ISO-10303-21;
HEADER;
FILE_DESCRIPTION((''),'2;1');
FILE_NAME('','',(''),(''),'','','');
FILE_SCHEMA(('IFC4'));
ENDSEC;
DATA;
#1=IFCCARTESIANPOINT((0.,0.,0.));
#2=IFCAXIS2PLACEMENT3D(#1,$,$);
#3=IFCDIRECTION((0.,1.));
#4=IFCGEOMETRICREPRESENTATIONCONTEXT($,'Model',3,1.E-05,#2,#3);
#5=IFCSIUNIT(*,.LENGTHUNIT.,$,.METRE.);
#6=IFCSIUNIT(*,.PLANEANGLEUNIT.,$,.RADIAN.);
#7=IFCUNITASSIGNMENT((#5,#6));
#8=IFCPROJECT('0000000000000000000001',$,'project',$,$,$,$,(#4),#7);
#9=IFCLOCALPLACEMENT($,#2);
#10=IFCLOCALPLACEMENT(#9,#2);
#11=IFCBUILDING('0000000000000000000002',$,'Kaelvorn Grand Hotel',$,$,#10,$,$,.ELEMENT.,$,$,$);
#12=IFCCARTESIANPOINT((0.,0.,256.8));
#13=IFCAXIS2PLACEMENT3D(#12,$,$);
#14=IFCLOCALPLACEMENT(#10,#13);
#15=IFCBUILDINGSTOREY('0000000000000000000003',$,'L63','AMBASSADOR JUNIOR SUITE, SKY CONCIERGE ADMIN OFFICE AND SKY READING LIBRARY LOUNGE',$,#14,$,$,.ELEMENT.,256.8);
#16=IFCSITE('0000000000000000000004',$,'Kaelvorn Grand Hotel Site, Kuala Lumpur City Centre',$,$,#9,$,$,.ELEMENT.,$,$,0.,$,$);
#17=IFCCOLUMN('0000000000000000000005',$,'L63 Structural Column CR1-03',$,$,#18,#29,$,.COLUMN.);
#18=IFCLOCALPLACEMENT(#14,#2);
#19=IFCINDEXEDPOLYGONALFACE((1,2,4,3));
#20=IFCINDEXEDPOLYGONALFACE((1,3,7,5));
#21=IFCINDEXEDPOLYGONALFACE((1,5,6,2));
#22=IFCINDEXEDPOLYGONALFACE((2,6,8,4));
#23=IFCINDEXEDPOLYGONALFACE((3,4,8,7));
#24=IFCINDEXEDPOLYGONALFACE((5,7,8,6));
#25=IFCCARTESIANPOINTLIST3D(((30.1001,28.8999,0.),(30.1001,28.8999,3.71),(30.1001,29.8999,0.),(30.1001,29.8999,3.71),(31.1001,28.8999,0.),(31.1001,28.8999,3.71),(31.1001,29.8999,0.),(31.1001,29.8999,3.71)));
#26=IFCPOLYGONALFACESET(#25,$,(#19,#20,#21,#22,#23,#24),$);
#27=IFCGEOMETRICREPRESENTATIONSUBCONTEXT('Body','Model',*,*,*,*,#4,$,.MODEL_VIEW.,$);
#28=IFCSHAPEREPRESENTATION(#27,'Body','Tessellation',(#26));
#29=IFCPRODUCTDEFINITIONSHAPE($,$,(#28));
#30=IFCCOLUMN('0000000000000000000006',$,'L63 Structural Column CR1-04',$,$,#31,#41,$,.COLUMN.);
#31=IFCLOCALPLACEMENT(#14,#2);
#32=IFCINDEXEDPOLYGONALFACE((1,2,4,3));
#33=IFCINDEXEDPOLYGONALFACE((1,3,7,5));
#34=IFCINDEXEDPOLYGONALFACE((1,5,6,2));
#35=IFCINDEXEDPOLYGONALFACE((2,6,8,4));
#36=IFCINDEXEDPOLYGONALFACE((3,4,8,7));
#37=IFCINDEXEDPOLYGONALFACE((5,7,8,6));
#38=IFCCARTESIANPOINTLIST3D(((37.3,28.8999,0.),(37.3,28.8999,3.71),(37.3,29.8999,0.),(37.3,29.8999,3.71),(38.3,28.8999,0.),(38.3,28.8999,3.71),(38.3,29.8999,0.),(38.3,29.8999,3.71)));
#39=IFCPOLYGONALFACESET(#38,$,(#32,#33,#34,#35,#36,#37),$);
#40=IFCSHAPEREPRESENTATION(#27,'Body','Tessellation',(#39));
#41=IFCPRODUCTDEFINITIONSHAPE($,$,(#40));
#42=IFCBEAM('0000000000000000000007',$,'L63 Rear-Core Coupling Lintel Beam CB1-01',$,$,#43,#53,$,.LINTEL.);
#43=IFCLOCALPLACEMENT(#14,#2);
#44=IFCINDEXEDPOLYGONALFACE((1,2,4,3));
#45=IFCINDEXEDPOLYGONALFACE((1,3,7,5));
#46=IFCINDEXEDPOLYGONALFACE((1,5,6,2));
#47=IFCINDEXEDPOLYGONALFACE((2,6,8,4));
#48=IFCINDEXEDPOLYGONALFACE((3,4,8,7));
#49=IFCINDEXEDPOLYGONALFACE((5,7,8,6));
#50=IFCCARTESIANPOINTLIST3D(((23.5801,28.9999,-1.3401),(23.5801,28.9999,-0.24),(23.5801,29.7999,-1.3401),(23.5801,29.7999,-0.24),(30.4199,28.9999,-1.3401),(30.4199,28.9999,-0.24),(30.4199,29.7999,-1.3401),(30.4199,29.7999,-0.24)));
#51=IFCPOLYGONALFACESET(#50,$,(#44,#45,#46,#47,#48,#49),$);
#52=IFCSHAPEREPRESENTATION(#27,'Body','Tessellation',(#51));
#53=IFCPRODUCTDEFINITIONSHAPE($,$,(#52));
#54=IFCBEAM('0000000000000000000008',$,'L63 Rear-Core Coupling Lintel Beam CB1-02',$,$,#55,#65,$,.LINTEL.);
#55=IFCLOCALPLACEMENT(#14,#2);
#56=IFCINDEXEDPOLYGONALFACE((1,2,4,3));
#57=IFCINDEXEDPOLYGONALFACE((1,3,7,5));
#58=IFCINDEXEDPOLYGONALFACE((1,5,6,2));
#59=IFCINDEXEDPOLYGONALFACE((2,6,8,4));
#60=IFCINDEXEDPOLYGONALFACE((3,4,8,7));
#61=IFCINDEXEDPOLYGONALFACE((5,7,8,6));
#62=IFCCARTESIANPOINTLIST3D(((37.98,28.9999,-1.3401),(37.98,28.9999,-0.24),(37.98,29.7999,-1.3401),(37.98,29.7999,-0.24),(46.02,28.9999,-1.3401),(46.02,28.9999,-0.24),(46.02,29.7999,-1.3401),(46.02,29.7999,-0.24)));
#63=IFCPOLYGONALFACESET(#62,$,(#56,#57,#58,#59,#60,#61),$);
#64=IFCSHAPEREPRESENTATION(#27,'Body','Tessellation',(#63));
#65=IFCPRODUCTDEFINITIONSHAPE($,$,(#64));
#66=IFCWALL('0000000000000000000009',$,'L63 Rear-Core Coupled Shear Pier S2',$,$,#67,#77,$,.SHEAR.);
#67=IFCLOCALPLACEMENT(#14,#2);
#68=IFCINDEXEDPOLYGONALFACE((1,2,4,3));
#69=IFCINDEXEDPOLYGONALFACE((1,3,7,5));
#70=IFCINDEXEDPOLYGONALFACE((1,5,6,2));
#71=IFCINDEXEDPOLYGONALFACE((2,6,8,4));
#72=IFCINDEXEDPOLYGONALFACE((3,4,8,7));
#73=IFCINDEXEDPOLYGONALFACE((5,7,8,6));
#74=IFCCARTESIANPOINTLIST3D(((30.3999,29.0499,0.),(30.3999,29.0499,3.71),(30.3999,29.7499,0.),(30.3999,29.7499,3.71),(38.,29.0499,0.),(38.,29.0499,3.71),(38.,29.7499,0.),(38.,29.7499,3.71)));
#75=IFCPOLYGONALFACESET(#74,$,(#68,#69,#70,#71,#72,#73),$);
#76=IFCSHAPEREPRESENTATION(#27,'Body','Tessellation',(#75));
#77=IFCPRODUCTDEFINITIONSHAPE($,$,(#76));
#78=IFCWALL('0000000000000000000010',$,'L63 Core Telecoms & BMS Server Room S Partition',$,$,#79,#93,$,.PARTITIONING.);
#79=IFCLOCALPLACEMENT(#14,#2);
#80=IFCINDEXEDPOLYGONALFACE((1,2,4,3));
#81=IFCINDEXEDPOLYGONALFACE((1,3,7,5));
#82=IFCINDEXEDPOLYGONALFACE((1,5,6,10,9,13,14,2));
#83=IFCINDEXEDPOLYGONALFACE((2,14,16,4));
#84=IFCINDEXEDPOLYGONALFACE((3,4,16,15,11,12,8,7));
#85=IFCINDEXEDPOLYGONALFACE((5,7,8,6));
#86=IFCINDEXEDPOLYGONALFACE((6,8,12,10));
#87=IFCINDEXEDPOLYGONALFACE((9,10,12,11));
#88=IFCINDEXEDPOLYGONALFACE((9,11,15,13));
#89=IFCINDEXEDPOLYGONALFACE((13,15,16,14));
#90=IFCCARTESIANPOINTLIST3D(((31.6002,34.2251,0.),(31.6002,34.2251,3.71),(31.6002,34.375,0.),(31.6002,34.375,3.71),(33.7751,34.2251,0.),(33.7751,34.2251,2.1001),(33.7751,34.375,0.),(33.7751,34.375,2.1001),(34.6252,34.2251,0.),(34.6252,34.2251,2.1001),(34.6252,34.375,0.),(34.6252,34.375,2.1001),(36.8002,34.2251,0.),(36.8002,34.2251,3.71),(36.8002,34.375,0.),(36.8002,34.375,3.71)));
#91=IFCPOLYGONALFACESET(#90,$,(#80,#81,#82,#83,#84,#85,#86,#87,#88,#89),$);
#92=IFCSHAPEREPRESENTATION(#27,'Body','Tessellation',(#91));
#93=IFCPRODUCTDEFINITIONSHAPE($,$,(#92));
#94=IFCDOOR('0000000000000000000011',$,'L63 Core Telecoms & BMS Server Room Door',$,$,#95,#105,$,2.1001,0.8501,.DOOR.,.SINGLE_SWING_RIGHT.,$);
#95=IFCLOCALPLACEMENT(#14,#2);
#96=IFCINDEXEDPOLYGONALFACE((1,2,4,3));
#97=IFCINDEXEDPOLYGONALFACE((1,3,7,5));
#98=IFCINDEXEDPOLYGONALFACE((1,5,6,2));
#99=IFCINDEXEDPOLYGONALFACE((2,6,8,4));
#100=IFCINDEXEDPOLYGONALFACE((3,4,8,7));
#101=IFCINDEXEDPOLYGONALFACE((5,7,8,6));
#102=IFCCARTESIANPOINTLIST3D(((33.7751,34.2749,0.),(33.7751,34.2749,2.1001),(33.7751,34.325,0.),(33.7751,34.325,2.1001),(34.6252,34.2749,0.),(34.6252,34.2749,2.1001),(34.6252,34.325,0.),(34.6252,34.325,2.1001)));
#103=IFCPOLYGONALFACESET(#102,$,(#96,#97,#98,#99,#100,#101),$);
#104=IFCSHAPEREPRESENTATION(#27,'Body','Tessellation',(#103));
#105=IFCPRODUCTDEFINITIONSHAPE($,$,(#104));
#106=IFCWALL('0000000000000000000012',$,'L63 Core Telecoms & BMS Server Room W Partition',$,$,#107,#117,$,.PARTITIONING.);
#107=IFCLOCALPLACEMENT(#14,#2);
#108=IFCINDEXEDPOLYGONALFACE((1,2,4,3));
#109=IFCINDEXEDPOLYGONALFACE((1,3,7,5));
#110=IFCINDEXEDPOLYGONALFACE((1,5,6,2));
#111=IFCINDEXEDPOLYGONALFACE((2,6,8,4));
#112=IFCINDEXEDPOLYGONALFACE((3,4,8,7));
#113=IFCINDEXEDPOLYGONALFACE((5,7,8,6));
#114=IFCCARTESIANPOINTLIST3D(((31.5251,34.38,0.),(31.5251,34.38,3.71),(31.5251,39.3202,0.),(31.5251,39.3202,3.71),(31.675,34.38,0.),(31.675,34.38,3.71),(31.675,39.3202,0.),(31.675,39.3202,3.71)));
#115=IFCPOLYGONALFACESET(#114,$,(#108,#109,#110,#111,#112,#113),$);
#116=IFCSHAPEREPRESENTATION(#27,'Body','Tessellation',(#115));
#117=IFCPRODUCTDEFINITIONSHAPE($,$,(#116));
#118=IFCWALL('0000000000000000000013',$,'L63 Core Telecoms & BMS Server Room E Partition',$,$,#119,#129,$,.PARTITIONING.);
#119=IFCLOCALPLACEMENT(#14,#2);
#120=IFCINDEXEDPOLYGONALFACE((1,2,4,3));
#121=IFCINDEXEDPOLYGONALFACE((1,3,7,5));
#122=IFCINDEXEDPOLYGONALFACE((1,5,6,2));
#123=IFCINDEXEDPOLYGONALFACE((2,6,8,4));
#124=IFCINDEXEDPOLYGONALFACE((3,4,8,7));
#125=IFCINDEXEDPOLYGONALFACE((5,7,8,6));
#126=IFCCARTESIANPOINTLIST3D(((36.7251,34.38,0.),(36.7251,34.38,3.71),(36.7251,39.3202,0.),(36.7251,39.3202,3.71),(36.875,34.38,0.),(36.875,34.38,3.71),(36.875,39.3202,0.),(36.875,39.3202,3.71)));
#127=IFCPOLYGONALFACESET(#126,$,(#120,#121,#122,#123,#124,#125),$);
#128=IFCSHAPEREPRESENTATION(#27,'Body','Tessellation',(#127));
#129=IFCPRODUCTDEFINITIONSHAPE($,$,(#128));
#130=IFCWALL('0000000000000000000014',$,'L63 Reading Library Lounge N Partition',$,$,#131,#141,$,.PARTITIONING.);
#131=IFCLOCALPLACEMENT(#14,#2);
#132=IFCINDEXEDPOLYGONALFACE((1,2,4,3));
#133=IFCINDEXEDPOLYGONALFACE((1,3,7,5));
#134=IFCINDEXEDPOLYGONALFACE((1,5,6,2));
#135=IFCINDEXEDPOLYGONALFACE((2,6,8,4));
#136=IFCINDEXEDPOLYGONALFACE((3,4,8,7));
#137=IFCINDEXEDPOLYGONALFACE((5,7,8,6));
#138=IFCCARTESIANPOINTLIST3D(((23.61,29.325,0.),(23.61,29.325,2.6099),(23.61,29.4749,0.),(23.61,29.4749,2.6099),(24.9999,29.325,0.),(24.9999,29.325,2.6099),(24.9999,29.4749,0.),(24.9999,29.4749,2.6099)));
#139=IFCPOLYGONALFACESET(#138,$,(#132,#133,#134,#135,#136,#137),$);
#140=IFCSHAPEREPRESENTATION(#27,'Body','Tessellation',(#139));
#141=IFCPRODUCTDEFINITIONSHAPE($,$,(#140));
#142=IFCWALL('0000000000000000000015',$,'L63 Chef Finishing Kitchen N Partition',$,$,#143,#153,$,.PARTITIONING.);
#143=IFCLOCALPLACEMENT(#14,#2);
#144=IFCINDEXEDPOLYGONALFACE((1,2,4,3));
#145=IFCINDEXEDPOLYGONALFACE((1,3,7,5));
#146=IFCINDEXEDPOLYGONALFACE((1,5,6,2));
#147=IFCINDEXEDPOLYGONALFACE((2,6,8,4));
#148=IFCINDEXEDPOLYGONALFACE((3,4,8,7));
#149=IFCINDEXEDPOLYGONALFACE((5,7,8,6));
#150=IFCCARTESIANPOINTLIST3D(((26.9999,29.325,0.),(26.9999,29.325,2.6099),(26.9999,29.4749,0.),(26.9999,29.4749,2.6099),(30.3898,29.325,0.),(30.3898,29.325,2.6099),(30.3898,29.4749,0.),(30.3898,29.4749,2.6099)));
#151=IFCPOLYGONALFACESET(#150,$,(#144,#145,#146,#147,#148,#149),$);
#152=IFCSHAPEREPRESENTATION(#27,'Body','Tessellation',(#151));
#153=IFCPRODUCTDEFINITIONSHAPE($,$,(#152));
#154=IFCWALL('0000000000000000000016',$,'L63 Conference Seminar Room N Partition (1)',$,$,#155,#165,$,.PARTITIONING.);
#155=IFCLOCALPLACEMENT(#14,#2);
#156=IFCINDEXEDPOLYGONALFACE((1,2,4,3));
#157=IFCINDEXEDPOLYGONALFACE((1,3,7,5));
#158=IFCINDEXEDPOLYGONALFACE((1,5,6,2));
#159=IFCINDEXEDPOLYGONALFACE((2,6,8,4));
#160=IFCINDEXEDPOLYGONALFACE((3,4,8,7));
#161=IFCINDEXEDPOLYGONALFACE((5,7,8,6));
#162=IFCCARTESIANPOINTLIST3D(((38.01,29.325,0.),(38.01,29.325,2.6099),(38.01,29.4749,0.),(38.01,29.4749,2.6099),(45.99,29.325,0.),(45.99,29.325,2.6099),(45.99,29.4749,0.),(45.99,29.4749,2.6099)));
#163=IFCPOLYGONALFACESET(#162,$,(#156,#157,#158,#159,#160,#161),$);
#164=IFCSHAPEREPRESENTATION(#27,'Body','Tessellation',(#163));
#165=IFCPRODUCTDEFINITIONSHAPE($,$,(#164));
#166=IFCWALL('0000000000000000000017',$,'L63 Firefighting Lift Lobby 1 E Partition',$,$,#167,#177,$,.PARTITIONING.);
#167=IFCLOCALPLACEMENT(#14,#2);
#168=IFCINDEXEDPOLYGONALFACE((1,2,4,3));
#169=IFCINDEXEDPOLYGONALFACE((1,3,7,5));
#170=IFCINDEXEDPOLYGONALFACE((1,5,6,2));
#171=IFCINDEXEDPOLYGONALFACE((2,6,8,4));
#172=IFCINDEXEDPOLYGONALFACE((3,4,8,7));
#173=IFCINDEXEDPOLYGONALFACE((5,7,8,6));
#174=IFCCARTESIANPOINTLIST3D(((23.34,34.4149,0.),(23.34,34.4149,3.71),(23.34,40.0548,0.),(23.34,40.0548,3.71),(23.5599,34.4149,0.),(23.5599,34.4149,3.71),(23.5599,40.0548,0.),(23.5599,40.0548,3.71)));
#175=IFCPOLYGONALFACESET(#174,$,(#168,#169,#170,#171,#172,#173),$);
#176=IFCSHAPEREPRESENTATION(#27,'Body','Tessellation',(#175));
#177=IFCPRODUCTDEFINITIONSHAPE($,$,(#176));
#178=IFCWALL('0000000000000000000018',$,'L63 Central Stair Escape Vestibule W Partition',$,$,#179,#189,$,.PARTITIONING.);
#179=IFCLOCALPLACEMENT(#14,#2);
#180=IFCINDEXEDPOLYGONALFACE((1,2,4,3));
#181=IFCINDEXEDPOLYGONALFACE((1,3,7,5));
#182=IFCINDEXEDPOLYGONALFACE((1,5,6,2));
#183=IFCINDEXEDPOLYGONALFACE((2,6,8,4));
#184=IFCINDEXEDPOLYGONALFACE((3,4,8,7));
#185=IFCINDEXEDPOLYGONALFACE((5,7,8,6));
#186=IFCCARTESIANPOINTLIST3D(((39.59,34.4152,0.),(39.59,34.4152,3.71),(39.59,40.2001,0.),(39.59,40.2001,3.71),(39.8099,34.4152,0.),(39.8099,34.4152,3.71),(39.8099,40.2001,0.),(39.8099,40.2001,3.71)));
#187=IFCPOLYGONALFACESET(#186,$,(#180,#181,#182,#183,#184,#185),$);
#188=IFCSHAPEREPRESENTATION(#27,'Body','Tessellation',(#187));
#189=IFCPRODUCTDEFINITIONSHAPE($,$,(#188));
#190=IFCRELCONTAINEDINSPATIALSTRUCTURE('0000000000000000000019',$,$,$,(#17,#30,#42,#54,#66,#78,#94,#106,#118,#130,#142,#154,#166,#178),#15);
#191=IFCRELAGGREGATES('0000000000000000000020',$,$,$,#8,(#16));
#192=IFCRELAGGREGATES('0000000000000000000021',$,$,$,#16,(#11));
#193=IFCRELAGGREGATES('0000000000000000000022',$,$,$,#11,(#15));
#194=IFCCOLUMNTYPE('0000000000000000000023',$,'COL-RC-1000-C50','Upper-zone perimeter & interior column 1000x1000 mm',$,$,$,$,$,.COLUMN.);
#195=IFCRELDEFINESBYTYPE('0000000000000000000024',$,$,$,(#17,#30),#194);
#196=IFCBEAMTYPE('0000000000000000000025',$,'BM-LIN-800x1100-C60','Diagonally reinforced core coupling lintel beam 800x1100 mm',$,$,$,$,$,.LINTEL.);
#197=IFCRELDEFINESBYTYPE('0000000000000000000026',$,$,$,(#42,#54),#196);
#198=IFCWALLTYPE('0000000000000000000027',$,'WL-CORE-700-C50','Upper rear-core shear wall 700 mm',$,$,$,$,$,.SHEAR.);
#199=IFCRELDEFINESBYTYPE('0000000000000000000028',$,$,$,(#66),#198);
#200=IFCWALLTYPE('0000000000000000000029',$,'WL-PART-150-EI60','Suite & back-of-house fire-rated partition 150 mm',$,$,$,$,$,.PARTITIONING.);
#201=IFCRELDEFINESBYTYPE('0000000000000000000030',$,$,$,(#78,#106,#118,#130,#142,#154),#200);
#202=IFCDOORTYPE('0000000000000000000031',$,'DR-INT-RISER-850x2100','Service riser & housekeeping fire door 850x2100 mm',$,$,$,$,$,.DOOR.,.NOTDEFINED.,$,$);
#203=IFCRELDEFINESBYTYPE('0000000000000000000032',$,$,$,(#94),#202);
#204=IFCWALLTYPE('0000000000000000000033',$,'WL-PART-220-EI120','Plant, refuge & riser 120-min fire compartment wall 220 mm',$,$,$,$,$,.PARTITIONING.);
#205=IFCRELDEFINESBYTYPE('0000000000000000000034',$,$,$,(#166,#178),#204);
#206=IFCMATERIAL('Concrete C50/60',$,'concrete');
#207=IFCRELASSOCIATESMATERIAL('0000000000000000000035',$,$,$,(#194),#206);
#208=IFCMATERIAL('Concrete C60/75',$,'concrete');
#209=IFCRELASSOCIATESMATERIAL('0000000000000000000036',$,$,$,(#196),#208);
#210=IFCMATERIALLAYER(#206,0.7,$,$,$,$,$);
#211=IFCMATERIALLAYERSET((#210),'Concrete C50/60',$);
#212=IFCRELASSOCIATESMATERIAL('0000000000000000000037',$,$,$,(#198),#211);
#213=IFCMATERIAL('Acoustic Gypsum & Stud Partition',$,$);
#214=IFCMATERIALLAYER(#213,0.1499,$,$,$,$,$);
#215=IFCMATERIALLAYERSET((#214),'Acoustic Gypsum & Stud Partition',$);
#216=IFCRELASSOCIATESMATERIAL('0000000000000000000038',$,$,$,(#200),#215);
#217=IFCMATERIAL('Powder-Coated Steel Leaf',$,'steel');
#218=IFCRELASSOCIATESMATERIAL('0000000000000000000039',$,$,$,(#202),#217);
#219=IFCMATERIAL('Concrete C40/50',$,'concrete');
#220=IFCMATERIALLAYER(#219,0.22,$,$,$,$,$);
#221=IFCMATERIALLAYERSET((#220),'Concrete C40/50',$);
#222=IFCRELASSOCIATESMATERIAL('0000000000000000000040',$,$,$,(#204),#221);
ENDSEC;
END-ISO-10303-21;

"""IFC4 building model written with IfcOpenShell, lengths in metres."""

from ifc_helpers import new_model, si_unit, direction, frame, frame_2d, origin, origin_2d, place, context, subcontext, project, spatial, rectangle, extrude, material, layer, layer_set, material_profile, profile_set, type_object, element, fill, save


model = new_model("IFC4")

# Units and contexts
model_context = context("Model", 3, precision=1e-05, world=origin(), true_north=direction((0.0, 1.0)))
body_context = subcontext(model_context, "Body", "Model", "MODEL_VIEW")
ifc_project = project(units=[si_unit("LENGTHUNIT", "METRE"), si_unit("PLANEANGLEUNIT", "RADIAN")], contexts=[model_context])

# Site, building, storey
site_placement = place(None, origin())
site = spatial("IfcSite", under=ifc_project, at=site_placement, Name="Kaelvorn Grand Hotel Site, Kuala Lumpur City Centre", CompositionType="ELEMENT", RefElevation=0.0)
building_placement = place(site_placement, origin())
building = spatial("IfcBuilding", under=site, at=building_placement, Name="Kaelvorn Grand Hotel", CompositionType="ELEMENT")
storey_placement = place(building_placement, frame((0.0, 0.0, 256.8)))
storey = spatial("IfcBuildingStorey", under=building, at=storey_placement, Name="L63", Description="AMBASSADOR JUNIOR SUITE, SKY CONCIERGE ADMIN OFFICE AND SKY READING LIBRARY LOUNGE", CompositionType="ELEMENT", Elevation=256.8)

# Columns
ifc_material_1 = material(Name="Concrete C50/60", Category="concrete")
ifc_material_profile_1 = material_profile(ifc_material_1, rectangle(XDim=1.0, YDim=1.0, at=origin_2d()), Name="RC COL 1000x1000")
ifc_profile_set_1 = profile_set([ifc_material_profile_1], Name="Concrete C50/60")
column_type = type_object("IfcColumnType", Name="COL-RC-1000-C50", Description="Upper-zone perimeter & interior column 1000x1000 mm", PredefinedType="COLUMN", material=ifc_profile_set_1)
for number, where, z_axis, x_axis, name in (
    (1, (30.6001, 29.3999, 0.0), (0.0, 0.0, 1.0), (1.0, 0.0, 0.0), "L63 Structural Column CR1-03"),
    (2, (37.8, 29.3999, 0.0), (0.0, 0.0, 1.0), (1.0, 0.0, 0.0), "L63 Structural Column CR1-04"),
):
    element("IfcColumn", number, at=place(storey_placement, frame(where, z_axis=z_axis, x_axis=x_axis)), inside=storey, type_object=column_type, Name=name, PredefinedType="COLUMN", context=body_context, shape_type="SweptSolid", body=[
        extrude(rectangle(XDim=1.0, YDim=1.0, at=origin_2d()), origin(), (0.0, 0.0, 1.0), 3.71),
    ])

# Beams
ifc_material_2 = material(Name="Concrete C60/75", Category="concrete")
ifc_material_profile_2 = material_profile(ifc_material_2, rectangle(XDim=0.8, YDim=1.1001, at=origin_2d()), Name="RC LINTEL 800x1100")
ifc_profile_set_2 = profile_set([ifc_material_profile_2], Name="Concrete C60/75")
beam_type = type_object("IfcBeamType", Name="BM-LIN-800x1100-C60", Description="Diagonally reinforced core coupling lintel beam 800x1100 mm", PredefinedType="LINTEL", material=ifc_profile_set_2)
beam_1_placement = place(storey_placement, frame((23.5801, 29.3999, -0.79), z_axis=(1.0, 0.0, 0.0), x_axis=(0.0, 1.0, 0.0)))
element("IfcBeam", 3, at=beam_1_placement, inside=storey, type_object=beam_type, Name="L63 Rear-Core Coupling Lintel Beam CB1-01", PredefinedType="LINTEL", context=body_context, shape_type="SweptSolid", body=[
    extrude(rectangle(XDim=0.8, YDim=1.1001, at=origin_2d()), origin(), (0.0, 0.0, 1.0), 6.8398),
])
beam_2_placement = place(storey_placement, frame((37.98, 29.3999, -0.79), z_axis=(1.0, 0.0, 0.0), x_axis=(0.0, 1.0, 0.0)))
element("IfcBeam", 4, at=beam_2_placement, inside=storey, type_object=beam_type, Name="L63 Rear-Core Coupling Lintel Beam CB1-02", PredefinedType="LINTEL", context=body_context, shape_type="SweptSolid", body=[
    extrude(rectangle(XDim=0.8, YDim=1.1001, at=origin_2d()), origin(), (0.0, 0.0, 1.0), 8.04),
])

# Wall
ifc_layer_1 = layer(ifc_material_1, 0.7)
ifc_layer_set_1 = layer_set([ifc_layer_1], Name="Concrete C50/60")
wall_type_1 = type_object("IfcWallType", Name="WL-CORE-700-C50", Description="Upper rear-core shear wall 700 mm", PredefinedType="SHEAR", material=ifc_layer_set_1)
wall_1_placement = place(storey_placement, frame((30.3999, 29.3999, 0.0), z_axis=(0.0, 0.0, 1.0), x_axis=(1.0, 0.0, 0.0)))
element("IfcWall", 5, at=wall_1_placement, inside=storey, type_object=wall_type_1, Name="L63 Rear-Core Coupled Shear Pier S2", PredefinedType="SHEAR", context=body_context, shape_type="SweptSolid", body=[
    extrude(rectangle(XDim=7.6001, YDim=0.7, at=frame_2d((3.8, 0.0))), origin(), (0.0, 0.0, 1.0), 3.71),
])

# Wall, opening, door
ifc_material_3 = material(Name="Acoustic Gypsum & Stud Partition")
ifc_layer_2 = layer(ifc_material_3, 0.1499)
ifc_layer_set_2 = layer_set([ifc_layer_2], Name="Acoustic Gypsum & Stud Partition")
wall_type_2 = type_object("IfcWallType", Name="WL-PART-150-EI60", Description="Suite & back-of-house fire-rated partition 150 mm", PredefinedType="PARTITIONING", material=ifc_layer_set_2)
wall_2_placement = place(storey_placement, frame((31.6001, 34.3, 0.0), z_axis=(0.0, 0.0, 1.0), x_axis=(1.0, 0.0, 0.0)))
wall_2 = element("IfcWall", 6, at=wall_2_placement, inside=storey, type_object=wall_type_2, Name="L63 Core Telecoms & BMS Server Room S Partition", PredefinedType="PARTITIONING", context=body_context, shape_type="SweptSolid", body=[
    extrude(rectangle(XDim=5.2, YDim=0.1499, at=frame_2d((2.6001, 0.0))), origin(), (0.0, 0.0, 1.0), 3.71),
])
opening_1_placement = place(wall_2_placement, frame((2.175, 0.0, 0.0)))
opening_1 = element("IfcOpeningElement", 7, at=opening_1_placement, cuts=wall_2, PredefinedType="OPENING", context=body_context, shape_type="SweptSolid", body=[
    extrude(rectangle(XDim=0.8501, YDim=2.1001, at=frame_2d((0.425, 1.05))), frame((0.0, 0.085, 0.0), z_axis=(0.0, -1.0, 0.0), x_axis=(1.0, 0.0, 0.0)), (0.0, 0.0, 1.0), 0.1699),
])
ifc_material_4 = material(Name="Powder-Coated Steel Leaf", Category="steel")
door_type_1 = type_object("IfcDoorType", Name="DR-INT-RISER-850x2100", Description="Service riser & housekeeping fire door 850x2100 mm", OperationType="NOTDEFINED", PredefinedType="DOOR", material=ifc_material_4)
door_1_placement = place(opening_1_placement, origin())
door_1 = element("IfcDoor", 8, at=door_1_placement, inside=storey, type_object=door_type_1, Name="L63 Core Telecoms & BMS Server Room Door", OperationType="SINGLE_SWING_RIGHT", OverallHeight=2.1001, OverallWidth=0.8501, PredefinedType="DOOR", context=body_context, shape_type="SweptSolid", body=[
    extrude(rectangle(XDim=0.8501, YDim=2.1001, at=frame_2d((0.425, 1.05))), frame((0.0, 0.0249, 0.0), z_axis=(0.0, -1.0, 0.0), x_axis=(1.0, 0.0, 0.0)), (0.0, 0.0, 1.0), 0.05),
])
fill(opening_1, door_1)

# Walls
for number, where, z_axis, x_axis, name in (
    (9, (31.6001, 34.3799, 0.0), (0.0, 0.0, 1.0), (0.0, 1.0, 0.0), "L63 Core Telecoms & BMS Server Room W Partition"),
    (10, (36.8, 34.3799, 0.0), (0.0, 0.0, 1.0), (0.0, 1.0, 0.0), "L63 Core Telecoms & BMS Server Room E Partition"),
):
    element("IfcWall", number, at=place(storey_placement, frame(where, z_axis=z_axis, x_axis=x_axis)), inside=storey, type_object=wall_type_2, Name=name, PredefinedType="PARTITIONING", context=body_context, shape_type="SweptSolid", body=[
        extrude(rectangle(XDim=4.9402, YDim=0.1499, at=frame_2d((2.4702, 0.0))), origin(), (0.0, 0.0, 1.0), 3.71),
    ])
wall_3_placement = place(storey_placement, frame((23.6101, 29.3999, 0.0), z_axis=(0.0, 0.0, 1.0), x_axis=(1.0, 0.0, 0.0)))
element("IfcWall", 11, at=wall_3_placement, inside=storey, type_object=wall_type_2, Name="L63 Reading Library Lounge N Partition", PredefinedType="PARTITIONING", context=body_context, shape_type="SweptSolid", body=[
    extrude(rectangle(XDim=1.3899, YDim=0.1499, at=frame_2d((0.6948, 0.0))), origin(), (0.0, 0.0, 1.0), 2.6099),
])
wall_4_placement = place(storey_placement, frame((27.0, 29.3999, 0.0), z_axis=(0.0, 0.0, 1.0), x_axis=(1.0, 0.0, 0.0)))
element("IfcWall", 12, at=wall_4_placement, inside=storey, type_object=wall_type_2, Name="L63 Chef Finishing Kitchen N Partition", PredefinedType="PARTITIONING", context=body_context, shape_type="SweptSolid", body=[
    extrude(rectangle(XDim=3.3899, YDim=0.1499, at=frame_2d((1.6948, 0.0))), origin(), (0.0, 0.0, 1.0), 2.6099),
])
wall_5_placement = place(storey_placement, frame((38.01, 29.3999, 0.0), z_axis=(0.0, 0.0, 1.0), x_axis=(1.0, 0.0, 0.0)))
element("IfcWall", 13, at=wall_5_placement, inside=storey, type_object=wall_type_2, Name="L63 Conference Seminar Room N Partition (1)", PredefinedType="PARTITIONING", context=body_context, shape_type="SweptSolid", body=[
    extrude(rectangle(XDim=7.98, YDim=0.1499, at=frame_2d((3.99, 0.0))), origin(), (0.0, 0.0, 1.0), 2.6099),
])
ifc_material_5 = material(Name="Concrete C40/50", Category="concrete")
ifc_layer_3 = layer(ifc_material_5, 0.22)
ifc_layer_set_3 = layer_set([ifc_layer_3], Name="Concrete C40/50")
wall_type_3 = type_object("IfcWallType", Name="WL-PART-220-EI120", Description="Plant, refuge & riser 120-min fire compartment wall 220 mm", PredefinedType="PARTITIONING", material=ifc_layer_set_3)
wall_6_placement = place(storey_placement, frame((23.45, 34.415, 0.0), z_axis=(0.0, 0.0, 1.0), x_axis=(0.0, 1.0, 0.0)))
element("IfcWall", 14, at=wall_6_placement, inside=storey, type_object=wall_type_3, Name="L63 Firefighting Lift Lobby 1 E Partition", PredefinedType="PARTITIONING", context=body_context, shape_type="SweptSolid", body=[
    extrude(rectangle(XDim=5.6399, YDim=0.22, at=frame_2d((2.8198, 0.0))), origin(), (0.0, 0.0, 1.0), 3.71),
])

# Wall
wall_7_placement = place(storey_placement, frame((39.7, 34.415, 0.0), z_axis=(0.0, 0.0, 1.0), x_axis=(0.0, 1.0, 0.0)))
element("IfcWall", 15, at=wall_7_placement, inside=storey, type_object=wall_type_3, Name="L63 Central Stair Escape Vestibule W Partition", PredefinedType="PARTITIONING", context=body_context, shape_type="SweptSolid", body=[
    extrude(rectangle(XDim=5.7849, YDim=0.22, at=frame_2d((2.8926, 0.0))), origin(), (0.0, 0.0, 1.0), 3.71),
])

save(model, "model.ifc")
